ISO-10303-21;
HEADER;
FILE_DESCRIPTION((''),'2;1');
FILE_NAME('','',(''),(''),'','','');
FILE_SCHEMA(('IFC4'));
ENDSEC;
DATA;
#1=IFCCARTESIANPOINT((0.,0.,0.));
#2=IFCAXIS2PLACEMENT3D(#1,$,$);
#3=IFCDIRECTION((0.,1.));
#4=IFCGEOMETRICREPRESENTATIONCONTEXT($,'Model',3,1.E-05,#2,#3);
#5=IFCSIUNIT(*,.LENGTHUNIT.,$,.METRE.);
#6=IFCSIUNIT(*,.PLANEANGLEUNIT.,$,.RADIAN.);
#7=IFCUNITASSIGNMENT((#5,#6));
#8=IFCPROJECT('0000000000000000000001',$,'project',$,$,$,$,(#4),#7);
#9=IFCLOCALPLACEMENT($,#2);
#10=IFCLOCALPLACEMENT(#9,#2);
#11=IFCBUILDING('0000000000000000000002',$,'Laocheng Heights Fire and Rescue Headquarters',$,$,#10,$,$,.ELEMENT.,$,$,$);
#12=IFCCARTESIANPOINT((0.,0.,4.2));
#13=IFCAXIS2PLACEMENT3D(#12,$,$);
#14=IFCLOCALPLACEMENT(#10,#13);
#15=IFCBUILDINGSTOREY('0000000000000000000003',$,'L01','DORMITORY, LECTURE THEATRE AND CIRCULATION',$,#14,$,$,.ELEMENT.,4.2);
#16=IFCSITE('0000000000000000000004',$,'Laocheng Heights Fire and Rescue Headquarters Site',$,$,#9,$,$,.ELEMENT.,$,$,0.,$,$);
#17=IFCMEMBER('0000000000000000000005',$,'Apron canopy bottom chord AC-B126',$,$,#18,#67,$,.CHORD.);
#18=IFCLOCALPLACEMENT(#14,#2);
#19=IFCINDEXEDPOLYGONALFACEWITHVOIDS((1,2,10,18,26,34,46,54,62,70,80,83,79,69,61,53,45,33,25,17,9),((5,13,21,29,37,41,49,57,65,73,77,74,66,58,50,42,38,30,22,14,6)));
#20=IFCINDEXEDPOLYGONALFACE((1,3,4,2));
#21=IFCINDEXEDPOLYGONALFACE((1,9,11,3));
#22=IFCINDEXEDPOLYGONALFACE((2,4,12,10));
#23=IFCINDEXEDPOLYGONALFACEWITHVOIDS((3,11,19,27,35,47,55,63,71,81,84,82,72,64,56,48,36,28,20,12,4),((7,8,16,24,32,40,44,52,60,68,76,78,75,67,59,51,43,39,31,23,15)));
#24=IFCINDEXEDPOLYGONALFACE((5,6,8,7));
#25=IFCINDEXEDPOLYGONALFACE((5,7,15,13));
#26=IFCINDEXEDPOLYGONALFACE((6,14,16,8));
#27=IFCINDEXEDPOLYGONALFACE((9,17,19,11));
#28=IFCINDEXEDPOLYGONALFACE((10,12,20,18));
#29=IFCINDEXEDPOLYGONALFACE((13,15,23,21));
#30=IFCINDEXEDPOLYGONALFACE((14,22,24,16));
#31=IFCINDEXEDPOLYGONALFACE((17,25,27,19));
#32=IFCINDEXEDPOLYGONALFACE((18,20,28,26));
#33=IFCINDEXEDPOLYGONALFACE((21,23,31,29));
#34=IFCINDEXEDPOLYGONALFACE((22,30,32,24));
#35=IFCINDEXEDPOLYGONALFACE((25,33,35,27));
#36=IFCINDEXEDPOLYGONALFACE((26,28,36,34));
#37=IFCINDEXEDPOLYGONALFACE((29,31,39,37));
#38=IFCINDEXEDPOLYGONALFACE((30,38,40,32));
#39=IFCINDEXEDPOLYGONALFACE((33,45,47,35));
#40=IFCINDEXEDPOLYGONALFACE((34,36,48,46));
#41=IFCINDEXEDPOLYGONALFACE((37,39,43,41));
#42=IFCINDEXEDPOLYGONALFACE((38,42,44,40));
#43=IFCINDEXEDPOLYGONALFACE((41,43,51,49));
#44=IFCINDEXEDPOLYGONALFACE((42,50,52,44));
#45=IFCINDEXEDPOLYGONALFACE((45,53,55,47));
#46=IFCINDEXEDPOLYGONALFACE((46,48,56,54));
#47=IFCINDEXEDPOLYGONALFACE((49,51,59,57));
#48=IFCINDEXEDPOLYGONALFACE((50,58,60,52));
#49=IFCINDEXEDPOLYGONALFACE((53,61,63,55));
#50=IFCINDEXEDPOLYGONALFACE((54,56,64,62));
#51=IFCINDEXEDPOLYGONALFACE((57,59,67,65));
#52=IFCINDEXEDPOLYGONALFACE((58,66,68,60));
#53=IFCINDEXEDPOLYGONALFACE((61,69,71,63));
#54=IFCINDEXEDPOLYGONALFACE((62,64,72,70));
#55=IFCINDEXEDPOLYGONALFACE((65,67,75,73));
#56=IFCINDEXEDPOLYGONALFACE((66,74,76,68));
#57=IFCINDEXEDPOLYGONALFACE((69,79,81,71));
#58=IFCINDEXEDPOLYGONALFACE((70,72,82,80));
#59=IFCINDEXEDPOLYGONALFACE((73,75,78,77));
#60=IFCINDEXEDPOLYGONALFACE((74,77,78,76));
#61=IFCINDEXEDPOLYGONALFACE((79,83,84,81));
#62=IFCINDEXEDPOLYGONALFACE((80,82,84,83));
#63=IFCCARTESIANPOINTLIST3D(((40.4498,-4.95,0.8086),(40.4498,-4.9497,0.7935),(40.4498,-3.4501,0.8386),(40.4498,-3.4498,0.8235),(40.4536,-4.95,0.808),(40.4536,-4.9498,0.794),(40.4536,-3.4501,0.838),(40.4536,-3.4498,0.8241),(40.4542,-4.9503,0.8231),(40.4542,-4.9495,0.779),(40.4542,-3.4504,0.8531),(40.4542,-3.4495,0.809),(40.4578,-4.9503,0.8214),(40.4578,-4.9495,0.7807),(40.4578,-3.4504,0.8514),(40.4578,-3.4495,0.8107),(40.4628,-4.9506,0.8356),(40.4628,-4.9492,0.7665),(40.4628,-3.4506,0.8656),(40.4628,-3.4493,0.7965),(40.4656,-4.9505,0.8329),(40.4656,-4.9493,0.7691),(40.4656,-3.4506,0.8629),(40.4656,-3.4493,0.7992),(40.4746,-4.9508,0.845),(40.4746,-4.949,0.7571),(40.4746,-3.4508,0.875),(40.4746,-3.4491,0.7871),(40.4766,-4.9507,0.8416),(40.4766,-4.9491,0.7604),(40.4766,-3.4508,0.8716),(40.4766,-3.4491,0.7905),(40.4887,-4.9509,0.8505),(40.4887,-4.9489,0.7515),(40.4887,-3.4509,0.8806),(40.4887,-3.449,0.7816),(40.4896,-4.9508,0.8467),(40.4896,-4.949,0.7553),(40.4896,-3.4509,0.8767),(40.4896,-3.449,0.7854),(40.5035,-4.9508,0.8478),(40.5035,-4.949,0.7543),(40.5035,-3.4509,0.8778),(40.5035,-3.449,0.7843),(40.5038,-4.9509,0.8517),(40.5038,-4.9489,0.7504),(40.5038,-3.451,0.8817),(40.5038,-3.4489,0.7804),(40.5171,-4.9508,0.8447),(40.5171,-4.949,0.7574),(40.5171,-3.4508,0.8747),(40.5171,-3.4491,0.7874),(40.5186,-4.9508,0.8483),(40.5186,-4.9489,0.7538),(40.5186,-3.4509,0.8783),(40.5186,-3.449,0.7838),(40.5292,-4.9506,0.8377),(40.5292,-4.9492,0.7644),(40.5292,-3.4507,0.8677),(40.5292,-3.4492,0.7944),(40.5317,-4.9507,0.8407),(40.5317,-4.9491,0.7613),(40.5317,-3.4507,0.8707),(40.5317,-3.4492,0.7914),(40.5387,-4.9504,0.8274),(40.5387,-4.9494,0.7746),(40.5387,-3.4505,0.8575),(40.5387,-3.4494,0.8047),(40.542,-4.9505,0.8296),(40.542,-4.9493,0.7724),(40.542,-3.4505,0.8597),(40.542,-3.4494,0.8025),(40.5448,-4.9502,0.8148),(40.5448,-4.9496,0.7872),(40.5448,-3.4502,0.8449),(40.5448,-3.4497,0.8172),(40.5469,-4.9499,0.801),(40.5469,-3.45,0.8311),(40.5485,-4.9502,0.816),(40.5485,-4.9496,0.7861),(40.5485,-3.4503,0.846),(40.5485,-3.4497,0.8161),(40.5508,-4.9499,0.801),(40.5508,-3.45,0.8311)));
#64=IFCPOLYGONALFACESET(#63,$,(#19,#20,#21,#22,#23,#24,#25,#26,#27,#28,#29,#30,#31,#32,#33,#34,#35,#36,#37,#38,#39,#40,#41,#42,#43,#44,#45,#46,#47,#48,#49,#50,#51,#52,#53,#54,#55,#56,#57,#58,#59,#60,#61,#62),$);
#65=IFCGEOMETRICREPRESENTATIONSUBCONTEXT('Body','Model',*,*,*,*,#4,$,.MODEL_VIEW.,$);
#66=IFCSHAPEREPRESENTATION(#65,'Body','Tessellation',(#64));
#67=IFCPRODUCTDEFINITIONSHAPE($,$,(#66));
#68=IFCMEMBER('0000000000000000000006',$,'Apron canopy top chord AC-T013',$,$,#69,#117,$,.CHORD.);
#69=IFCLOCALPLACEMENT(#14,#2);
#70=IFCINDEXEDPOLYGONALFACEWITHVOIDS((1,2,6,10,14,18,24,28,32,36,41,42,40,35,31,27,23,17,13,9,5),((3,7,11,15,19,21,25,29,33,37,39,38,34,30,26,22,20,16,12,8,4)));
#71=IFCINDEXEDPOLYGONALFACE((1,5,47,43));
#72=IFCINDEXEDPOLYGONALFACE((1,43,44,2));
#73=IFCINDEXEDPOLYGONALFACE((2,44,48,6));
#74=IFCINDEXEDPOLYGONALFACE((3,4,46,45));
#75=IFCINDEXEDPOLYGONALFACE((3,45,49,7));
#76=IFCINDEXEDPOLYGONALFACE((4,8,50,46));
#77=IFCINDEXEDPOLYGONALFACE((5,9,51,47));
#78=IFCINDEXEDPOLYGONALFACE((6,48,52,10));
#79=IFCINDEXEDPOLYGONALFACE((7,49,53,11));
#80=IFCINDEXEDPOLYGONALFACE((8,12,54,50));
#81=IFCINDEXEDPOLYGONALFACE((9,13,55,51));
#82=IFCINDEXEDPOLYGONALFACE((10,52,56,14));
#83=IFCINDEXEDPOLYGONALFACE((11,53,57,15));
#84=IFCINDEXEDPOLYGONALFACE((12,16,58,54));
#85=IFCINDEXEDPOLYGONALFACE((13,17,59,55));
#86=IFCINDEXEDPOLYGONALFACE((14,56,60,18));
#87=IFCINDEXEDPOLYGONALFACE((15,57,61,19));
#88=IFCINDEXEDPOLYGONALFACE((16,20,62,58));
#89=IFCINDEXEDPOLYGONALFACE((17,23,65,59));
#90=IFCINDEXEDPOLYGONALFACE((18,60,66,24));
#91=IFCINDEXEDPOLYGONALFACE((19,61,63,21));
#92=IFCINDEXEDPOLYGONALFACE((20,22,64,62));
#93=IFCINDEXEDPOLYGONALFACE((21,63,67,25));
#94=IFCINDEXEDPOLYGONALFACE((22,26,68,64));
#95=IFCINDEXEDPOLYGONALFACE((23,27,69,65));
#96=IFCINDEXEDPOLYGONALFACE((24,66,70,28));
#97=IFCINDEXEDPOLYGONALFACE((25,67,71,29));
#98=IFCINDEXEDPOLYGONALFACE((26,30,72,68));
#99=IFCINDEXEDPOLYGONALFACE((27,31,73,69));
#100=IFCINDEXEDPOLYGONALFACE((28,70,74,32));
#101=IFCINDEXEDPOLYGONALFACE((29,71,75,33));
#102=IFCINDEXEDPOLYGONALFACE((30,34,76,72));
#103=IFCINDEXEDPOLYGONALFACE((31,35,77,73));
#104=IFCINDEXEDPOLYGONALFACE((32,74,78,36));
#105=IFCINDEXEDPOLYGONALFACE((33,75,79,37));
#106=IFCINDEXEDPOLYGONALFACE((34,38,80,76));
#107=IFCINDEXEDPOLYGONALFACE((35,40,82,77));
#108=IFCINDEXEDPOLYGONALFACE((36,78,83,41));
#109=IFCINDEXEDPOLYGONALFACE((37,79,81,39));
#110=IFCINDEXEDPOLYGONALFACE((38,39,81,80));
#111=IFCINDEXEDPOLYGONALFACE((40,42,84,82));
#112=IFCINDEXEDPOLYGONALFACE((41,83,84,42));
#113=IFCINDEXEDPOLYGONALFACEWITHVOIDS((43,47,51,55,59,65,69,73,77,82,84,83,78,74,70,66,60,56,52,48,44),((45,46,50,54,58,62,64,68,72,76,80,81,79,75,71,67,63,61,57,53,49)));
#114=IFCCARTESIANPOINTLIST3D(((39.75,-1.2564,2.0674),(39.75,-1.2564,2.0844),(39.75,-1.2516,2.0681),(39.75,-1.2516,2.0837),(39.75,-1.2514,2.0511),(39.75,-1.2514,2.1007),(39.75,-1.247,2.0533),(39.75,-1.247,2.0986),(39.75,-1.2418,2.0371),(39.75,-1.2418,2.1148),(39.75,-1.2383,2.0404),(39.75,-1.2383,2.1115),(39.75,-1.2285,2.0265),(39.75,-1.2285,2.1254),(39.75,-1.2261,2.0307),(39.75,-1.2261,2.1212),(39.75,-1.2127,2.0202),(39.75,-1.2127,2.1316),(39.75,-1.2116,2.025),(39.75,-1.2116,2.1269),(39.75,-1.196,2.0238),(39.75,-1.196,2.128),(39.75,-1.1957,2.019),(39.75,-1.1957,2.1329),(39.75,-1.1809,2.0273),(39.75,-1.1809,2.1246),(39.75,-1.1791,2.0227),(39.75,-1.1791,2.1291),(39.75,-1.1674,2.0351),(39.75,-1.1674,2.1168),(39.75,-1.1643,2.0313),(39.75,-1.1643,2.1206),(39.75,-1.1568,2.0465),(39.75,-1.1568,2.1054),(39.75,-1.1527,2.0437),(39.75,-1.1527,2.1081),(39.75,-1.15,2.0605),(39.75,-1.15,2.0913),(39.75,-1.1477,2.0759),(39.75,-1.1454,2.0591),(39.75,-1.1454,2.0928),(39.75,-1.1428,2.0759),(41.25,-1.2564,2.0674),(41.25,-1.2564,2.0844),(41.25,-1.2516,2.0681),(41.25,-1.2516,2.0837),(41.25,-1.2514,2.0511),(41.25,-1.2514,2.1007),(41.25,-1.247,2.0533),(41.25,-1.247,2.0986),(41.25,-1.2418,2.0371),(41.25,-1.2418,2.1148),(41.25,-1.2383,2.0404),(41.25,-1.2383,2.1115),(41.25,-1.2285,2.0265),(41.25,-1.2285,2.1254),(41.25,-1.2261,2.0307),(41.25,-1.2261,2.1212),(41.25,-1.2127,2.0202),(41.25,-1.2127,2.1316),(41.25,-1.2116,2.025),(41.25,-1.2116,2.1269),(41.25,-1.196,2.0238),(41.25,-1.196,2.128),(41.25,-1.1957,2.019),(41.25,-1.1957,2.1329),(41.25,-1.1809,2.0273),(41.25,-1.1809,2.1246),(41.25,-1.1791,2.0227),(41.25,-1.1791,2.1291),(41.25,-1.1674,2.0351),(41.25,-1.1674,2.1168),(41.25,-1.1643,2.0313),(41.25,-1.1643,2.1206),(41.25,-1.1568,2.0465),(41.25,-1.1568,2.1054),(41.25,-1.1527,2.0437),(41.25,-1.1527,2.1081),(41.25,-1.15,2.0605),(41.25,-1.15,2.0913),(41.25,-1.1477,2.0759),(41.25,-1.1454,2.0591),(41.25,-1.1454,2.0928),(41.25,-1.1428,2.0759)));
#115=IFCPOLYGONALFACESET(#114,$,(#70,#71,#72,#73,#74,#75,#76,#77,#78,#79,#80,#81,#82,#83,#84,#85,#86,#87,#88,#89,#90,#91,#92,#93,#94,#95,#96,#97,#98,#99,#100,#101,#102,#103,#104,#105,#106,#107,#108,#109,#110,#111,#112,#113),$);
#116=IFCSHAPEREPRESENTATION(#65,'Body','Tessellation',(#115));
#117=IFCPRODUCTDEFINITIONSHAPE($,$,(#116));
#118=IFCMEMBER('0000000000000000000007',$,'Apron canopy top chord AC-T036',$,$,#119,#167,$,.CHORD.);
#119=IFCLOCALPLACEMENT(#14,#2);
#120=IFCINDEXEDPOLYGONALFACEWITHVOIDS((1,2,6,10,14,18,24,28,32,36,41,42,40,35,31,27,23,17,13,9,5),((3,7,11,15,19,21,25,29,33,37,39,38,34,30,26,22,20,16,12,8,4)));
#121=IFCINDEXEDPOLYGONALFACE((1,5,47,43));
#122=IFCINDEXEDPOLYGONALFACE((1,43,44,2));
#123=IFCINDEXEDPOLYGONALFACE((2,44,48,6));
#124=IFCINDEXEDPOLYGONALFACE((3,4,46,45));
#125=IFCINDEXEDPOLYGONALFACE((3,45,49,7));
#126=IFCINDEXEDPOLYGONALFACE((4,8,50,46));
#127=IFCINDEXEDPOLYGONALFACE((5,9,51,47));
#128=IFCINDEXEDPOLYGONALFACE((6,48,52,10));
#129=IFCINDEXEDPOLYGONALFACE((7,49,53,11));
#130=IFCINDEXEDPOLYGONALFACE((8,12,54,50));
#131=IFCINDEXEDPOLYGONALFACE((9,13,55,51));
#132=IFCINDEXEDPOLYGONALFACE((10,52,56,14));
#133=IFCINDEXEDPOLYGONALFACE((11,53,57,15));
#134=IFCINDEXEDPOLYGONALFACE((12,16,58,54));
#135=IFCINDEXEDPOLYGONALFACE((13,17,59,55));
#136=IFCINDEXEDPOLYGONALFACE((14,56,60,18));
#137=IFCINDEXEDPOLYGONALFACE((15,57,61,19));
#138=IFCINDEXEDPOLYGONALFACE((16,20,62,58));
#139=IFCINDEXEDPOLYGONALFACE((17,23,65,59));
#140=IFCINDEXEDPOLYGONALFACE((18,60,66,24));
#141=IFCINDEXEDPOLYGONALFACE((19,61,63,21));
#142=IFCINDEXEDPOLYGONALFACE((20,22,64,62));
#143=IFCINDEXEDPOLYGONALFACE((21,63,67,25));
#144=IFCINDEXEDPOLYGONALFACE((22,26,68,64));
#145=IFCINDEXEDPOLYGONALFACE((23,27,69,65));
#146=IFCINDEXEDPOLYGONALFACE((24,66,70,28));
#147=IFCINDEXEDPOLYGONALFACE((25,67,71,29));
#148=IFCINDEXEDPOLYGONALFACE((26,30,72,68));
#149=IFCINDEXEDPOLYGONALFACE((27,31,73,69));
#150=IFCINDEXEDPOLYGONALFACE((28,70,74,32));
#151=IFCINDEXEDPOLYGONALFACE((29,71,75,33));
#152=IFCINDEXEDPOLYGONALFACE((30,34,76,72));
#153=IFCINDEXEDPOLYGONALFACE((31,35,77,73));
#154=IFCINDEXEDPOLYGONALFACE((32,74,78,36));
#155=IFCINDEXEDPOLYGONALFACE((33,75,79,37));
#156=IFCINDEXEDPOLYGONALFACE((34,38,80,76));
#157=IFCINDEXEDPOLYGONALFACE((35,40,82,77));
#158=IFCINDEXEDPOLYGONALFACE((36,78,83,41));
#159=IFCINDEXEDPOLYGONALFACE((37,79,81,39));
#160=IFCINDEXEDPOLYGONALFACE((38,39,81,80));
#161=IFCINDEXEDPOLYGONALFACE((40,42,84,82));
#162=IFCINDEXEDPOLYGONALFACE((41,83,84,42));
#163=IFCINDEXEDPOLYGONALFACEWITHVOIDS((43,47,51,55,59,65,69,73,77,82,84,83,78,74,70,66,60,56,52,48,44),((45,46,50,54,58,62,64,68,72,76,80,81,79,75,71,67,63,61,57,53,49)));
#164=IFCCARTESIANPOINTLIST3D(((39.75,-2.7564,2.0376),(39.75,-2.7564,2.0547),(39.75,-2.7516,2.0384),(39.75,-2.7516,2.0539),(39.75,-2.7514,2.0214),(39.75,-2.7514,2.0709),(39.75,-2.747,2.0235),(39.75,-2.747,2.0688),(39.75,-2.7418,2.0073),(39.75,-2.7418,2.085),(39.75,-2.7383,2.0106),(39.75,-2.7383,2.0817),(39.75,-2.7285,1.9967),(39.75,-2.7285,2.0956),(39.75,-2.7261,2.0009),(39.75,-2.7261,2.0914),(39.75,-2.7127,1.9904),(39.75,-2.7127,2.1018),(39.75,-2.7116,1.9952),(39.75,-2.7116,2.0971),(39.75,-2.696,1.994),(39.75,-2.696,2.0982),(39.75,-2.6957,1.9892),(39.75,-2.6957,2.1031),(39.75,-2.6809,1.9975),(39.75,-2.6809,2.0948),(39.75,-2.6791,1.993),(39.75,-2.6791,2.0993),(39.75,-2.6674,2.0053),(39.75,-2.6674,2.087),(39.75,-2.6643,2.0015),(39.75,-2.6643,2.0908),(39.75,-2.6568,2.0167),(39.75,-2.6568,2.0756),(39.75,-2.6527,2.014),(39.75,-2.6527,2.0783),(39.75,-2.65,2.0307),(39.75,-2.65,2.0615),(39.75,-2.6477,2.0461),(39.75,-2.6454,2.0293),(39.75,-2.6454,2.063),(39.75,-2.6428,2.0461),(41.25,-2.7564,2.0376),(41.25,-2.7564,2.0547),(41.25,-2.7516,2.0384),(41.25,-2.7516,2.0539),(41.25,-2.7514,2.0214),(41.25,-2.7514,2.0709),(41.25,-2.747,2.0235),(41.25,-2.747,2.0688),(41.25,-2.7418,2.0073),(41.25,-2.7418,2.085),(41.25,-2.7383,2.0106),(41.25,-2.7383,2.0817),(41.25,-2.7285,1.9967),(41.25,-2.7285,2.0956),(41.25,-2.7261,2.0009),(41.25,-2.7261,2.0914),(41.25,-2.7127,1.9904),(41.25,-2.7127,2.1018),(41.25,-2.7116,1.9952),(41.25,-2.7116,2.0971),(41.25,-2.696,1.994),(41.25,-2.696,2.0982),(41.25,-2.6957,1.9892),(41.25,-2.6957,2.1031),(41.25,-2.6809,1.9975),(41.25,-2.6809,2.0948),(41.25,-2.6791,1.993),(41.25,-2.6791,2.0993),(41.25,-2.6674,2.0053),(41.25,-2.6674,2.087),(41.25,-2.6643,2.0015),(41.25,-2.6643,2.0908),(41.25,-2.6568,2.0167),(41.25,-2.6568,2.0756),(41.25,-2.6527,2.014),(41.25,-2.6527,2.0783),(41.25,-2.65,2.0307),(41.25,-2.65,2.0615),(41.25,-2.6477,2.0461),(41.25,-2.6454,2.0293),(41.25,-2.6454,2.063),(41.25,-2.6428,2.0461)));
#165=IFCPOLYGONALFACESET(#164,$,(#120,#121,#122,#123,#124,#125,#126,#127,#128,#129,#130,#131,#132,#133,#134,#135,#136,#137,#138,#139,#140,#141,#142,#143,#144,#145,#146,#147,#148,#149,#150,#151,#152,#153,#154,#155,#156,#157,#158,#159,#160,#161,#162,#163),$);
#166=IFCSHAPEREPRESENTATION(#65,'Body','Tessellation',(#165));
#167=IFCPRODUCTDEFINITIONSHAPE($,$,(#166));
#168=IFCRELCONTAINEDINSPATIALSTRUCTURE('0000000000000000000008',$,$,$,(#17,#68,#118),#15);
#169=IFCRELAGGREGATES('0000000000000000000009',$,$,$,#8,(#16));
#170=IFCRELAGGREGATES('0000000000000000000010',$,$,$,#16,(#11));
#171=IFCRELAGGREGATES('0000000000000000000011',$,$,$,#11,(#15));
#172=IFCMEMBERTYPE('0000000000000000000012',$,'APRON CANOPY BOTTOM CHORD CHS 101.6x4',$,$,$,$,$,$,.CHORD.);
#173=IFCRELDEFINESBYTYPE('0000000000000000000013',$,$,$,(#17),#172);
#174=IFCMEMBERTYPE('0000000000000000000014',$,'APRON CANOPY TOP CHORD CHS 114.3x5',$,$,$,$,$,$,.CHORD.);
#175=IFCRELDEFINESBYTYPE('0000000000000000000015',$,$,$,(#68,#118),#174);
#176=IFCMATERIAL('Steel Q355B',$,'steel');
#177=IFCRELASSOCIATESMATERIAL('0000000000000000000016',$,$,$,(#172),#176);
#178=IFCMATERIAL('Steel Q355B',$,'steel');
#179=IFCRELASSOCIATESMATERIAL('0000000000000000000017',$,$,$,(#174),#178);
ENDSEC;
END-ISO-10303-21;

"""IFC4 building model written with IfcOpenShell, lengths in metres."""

from ifc_helpers import new_model, si_unit, direction, frame, origin, origin_2d, place, context, subcontext, project, spatial, hollow_circle, extrude, material, material_profile, profile_set, type_object, element, save


model = new_model("IFC4")

# Units and contexts
model_context = context("Model", 3, precision=1e-05, world=origin(), true_north=direction((0.0, 1.0)))
body_context = subcontext(model_context, "Body", "Model", "MODEL_VIEW")
ifc_project = project(units=[si_unit("LENGTHUNIT", "METRE"), si_unit("PLANEANGLEUNIT", "RADIAN")], contexts=[model_context])

# Site, building, storey
site_placement = place(None, origin())
site = spatial("IfcSite", under=ifc_project, at=site_placement, Name="Laocheng Heights Fire and Rescue Headquarters Site", CompositionType="ELEMENT", RefElevation=0.0)
building_placement = place(site_placement, origin())
building = spatial("IfcBuilding", under=site, at=building_placement, Name="Laocheng Heights Fire and Rescue Headquarters", CompositionType="ELEMENT")
storey_placement = place(building_placement, frame((0.0, 0.0, 4.2)))
storey = spatial("IfcBuildingStorey", under=building, at=storey_placement, Name="L01", Description="DORMITORY, LECTURE THEATRE AND CIRCULATION", CompositionType="ELEMENT", Elevation=4.2)

# Members
ifc_material_1 = material(Name="Steel Q355B", Category="steel")
ifc_material_profile_1 = material_profile(ifc_material_1, hollow_circle(Radius=0.0508, WallThickness=0.0039, at=origin_2d()), Name="CHS 101.6x4")
ifc_profile_set_1 = profile_set([ifc_material_profile_1], Name="Steel Q355B")
member_type_1 = type_object("IfcMemberType", Name="APRON CANOPY BOTTOM CHORD CHS 101.6x4", PredefinedType="CHORD", material=ifc_profile_set_1)
for number, where, z_axis, x_axis, name in (
    (1, (40.5, -3.45, 0.8311), (0.0, -0.9998, -0.020016), (1.0, 0.0, 0.0), "Apron canopy bottom chord AC-B126"),
):
    element("IfcMember", number, at=place(storey_placement, frame(where, z_axis=z_axis, x_axis=x_axis)), inside=storey, type_object=member_type_1, Name=name, PredefinedType="CHORD", context=body_context, shape_type="SweptSolid", body=[
        extrude(hollow_circle(Radius=0.0508, WallThickness=0.0039, at=origin_2d()), origin(), (0.0, 0.0, 1.0), 1.5002),
    ])
ifc_material_2 = material(Name="Steel Q355B", Category="steel")
ifc_material_profile_2 = material_profile(ifc_material_2, hollow_circle(Radius=0.0571, WallThickness=0.0049, at=origin_2d()), Name="CHS 114.3x5")
ifc_profile_set_2 = profile_set([ifc_material_profile_2], Name="Steel Q355B")
member_type_2 = type_object("IfcMemberType", Name="APRON CANOPY TOP CHORD CHS 114.3x5", PredefinedType="CHORD", material=ifc_profile_set_2)
for number, where, z_axis, x_axis, name in (
    (2, (39.75, -1.2, 2.0759), (1.0, 0.0, 0.0), (0.0, 1.0, 0.0), "Apron canopy top chord AC-T013"),
    (3, (39.75, -2.7, 2.0461), (1.0, 0.0, 0.0), (0.0, 1.0, 0.0), "Apron canopy top chord AC-T036"),
):
    element("IfcMember", number, at=place(storey_placement, frame(where, z_axis=z_axis, x_axis=x_axis)), inside=storey, type_object=member_type_2, Name=name, PredefinedType="CHORD", context=body_context, shape_type="SweptSolid", body=[
        extrude(hollow_circle(Radius=0.0571, WallThickness=0.0049, at=origin_2d()), origin(), (0.0, 0.0, 1.0), 1.5),
    ])

save(model, "model.ifc")
